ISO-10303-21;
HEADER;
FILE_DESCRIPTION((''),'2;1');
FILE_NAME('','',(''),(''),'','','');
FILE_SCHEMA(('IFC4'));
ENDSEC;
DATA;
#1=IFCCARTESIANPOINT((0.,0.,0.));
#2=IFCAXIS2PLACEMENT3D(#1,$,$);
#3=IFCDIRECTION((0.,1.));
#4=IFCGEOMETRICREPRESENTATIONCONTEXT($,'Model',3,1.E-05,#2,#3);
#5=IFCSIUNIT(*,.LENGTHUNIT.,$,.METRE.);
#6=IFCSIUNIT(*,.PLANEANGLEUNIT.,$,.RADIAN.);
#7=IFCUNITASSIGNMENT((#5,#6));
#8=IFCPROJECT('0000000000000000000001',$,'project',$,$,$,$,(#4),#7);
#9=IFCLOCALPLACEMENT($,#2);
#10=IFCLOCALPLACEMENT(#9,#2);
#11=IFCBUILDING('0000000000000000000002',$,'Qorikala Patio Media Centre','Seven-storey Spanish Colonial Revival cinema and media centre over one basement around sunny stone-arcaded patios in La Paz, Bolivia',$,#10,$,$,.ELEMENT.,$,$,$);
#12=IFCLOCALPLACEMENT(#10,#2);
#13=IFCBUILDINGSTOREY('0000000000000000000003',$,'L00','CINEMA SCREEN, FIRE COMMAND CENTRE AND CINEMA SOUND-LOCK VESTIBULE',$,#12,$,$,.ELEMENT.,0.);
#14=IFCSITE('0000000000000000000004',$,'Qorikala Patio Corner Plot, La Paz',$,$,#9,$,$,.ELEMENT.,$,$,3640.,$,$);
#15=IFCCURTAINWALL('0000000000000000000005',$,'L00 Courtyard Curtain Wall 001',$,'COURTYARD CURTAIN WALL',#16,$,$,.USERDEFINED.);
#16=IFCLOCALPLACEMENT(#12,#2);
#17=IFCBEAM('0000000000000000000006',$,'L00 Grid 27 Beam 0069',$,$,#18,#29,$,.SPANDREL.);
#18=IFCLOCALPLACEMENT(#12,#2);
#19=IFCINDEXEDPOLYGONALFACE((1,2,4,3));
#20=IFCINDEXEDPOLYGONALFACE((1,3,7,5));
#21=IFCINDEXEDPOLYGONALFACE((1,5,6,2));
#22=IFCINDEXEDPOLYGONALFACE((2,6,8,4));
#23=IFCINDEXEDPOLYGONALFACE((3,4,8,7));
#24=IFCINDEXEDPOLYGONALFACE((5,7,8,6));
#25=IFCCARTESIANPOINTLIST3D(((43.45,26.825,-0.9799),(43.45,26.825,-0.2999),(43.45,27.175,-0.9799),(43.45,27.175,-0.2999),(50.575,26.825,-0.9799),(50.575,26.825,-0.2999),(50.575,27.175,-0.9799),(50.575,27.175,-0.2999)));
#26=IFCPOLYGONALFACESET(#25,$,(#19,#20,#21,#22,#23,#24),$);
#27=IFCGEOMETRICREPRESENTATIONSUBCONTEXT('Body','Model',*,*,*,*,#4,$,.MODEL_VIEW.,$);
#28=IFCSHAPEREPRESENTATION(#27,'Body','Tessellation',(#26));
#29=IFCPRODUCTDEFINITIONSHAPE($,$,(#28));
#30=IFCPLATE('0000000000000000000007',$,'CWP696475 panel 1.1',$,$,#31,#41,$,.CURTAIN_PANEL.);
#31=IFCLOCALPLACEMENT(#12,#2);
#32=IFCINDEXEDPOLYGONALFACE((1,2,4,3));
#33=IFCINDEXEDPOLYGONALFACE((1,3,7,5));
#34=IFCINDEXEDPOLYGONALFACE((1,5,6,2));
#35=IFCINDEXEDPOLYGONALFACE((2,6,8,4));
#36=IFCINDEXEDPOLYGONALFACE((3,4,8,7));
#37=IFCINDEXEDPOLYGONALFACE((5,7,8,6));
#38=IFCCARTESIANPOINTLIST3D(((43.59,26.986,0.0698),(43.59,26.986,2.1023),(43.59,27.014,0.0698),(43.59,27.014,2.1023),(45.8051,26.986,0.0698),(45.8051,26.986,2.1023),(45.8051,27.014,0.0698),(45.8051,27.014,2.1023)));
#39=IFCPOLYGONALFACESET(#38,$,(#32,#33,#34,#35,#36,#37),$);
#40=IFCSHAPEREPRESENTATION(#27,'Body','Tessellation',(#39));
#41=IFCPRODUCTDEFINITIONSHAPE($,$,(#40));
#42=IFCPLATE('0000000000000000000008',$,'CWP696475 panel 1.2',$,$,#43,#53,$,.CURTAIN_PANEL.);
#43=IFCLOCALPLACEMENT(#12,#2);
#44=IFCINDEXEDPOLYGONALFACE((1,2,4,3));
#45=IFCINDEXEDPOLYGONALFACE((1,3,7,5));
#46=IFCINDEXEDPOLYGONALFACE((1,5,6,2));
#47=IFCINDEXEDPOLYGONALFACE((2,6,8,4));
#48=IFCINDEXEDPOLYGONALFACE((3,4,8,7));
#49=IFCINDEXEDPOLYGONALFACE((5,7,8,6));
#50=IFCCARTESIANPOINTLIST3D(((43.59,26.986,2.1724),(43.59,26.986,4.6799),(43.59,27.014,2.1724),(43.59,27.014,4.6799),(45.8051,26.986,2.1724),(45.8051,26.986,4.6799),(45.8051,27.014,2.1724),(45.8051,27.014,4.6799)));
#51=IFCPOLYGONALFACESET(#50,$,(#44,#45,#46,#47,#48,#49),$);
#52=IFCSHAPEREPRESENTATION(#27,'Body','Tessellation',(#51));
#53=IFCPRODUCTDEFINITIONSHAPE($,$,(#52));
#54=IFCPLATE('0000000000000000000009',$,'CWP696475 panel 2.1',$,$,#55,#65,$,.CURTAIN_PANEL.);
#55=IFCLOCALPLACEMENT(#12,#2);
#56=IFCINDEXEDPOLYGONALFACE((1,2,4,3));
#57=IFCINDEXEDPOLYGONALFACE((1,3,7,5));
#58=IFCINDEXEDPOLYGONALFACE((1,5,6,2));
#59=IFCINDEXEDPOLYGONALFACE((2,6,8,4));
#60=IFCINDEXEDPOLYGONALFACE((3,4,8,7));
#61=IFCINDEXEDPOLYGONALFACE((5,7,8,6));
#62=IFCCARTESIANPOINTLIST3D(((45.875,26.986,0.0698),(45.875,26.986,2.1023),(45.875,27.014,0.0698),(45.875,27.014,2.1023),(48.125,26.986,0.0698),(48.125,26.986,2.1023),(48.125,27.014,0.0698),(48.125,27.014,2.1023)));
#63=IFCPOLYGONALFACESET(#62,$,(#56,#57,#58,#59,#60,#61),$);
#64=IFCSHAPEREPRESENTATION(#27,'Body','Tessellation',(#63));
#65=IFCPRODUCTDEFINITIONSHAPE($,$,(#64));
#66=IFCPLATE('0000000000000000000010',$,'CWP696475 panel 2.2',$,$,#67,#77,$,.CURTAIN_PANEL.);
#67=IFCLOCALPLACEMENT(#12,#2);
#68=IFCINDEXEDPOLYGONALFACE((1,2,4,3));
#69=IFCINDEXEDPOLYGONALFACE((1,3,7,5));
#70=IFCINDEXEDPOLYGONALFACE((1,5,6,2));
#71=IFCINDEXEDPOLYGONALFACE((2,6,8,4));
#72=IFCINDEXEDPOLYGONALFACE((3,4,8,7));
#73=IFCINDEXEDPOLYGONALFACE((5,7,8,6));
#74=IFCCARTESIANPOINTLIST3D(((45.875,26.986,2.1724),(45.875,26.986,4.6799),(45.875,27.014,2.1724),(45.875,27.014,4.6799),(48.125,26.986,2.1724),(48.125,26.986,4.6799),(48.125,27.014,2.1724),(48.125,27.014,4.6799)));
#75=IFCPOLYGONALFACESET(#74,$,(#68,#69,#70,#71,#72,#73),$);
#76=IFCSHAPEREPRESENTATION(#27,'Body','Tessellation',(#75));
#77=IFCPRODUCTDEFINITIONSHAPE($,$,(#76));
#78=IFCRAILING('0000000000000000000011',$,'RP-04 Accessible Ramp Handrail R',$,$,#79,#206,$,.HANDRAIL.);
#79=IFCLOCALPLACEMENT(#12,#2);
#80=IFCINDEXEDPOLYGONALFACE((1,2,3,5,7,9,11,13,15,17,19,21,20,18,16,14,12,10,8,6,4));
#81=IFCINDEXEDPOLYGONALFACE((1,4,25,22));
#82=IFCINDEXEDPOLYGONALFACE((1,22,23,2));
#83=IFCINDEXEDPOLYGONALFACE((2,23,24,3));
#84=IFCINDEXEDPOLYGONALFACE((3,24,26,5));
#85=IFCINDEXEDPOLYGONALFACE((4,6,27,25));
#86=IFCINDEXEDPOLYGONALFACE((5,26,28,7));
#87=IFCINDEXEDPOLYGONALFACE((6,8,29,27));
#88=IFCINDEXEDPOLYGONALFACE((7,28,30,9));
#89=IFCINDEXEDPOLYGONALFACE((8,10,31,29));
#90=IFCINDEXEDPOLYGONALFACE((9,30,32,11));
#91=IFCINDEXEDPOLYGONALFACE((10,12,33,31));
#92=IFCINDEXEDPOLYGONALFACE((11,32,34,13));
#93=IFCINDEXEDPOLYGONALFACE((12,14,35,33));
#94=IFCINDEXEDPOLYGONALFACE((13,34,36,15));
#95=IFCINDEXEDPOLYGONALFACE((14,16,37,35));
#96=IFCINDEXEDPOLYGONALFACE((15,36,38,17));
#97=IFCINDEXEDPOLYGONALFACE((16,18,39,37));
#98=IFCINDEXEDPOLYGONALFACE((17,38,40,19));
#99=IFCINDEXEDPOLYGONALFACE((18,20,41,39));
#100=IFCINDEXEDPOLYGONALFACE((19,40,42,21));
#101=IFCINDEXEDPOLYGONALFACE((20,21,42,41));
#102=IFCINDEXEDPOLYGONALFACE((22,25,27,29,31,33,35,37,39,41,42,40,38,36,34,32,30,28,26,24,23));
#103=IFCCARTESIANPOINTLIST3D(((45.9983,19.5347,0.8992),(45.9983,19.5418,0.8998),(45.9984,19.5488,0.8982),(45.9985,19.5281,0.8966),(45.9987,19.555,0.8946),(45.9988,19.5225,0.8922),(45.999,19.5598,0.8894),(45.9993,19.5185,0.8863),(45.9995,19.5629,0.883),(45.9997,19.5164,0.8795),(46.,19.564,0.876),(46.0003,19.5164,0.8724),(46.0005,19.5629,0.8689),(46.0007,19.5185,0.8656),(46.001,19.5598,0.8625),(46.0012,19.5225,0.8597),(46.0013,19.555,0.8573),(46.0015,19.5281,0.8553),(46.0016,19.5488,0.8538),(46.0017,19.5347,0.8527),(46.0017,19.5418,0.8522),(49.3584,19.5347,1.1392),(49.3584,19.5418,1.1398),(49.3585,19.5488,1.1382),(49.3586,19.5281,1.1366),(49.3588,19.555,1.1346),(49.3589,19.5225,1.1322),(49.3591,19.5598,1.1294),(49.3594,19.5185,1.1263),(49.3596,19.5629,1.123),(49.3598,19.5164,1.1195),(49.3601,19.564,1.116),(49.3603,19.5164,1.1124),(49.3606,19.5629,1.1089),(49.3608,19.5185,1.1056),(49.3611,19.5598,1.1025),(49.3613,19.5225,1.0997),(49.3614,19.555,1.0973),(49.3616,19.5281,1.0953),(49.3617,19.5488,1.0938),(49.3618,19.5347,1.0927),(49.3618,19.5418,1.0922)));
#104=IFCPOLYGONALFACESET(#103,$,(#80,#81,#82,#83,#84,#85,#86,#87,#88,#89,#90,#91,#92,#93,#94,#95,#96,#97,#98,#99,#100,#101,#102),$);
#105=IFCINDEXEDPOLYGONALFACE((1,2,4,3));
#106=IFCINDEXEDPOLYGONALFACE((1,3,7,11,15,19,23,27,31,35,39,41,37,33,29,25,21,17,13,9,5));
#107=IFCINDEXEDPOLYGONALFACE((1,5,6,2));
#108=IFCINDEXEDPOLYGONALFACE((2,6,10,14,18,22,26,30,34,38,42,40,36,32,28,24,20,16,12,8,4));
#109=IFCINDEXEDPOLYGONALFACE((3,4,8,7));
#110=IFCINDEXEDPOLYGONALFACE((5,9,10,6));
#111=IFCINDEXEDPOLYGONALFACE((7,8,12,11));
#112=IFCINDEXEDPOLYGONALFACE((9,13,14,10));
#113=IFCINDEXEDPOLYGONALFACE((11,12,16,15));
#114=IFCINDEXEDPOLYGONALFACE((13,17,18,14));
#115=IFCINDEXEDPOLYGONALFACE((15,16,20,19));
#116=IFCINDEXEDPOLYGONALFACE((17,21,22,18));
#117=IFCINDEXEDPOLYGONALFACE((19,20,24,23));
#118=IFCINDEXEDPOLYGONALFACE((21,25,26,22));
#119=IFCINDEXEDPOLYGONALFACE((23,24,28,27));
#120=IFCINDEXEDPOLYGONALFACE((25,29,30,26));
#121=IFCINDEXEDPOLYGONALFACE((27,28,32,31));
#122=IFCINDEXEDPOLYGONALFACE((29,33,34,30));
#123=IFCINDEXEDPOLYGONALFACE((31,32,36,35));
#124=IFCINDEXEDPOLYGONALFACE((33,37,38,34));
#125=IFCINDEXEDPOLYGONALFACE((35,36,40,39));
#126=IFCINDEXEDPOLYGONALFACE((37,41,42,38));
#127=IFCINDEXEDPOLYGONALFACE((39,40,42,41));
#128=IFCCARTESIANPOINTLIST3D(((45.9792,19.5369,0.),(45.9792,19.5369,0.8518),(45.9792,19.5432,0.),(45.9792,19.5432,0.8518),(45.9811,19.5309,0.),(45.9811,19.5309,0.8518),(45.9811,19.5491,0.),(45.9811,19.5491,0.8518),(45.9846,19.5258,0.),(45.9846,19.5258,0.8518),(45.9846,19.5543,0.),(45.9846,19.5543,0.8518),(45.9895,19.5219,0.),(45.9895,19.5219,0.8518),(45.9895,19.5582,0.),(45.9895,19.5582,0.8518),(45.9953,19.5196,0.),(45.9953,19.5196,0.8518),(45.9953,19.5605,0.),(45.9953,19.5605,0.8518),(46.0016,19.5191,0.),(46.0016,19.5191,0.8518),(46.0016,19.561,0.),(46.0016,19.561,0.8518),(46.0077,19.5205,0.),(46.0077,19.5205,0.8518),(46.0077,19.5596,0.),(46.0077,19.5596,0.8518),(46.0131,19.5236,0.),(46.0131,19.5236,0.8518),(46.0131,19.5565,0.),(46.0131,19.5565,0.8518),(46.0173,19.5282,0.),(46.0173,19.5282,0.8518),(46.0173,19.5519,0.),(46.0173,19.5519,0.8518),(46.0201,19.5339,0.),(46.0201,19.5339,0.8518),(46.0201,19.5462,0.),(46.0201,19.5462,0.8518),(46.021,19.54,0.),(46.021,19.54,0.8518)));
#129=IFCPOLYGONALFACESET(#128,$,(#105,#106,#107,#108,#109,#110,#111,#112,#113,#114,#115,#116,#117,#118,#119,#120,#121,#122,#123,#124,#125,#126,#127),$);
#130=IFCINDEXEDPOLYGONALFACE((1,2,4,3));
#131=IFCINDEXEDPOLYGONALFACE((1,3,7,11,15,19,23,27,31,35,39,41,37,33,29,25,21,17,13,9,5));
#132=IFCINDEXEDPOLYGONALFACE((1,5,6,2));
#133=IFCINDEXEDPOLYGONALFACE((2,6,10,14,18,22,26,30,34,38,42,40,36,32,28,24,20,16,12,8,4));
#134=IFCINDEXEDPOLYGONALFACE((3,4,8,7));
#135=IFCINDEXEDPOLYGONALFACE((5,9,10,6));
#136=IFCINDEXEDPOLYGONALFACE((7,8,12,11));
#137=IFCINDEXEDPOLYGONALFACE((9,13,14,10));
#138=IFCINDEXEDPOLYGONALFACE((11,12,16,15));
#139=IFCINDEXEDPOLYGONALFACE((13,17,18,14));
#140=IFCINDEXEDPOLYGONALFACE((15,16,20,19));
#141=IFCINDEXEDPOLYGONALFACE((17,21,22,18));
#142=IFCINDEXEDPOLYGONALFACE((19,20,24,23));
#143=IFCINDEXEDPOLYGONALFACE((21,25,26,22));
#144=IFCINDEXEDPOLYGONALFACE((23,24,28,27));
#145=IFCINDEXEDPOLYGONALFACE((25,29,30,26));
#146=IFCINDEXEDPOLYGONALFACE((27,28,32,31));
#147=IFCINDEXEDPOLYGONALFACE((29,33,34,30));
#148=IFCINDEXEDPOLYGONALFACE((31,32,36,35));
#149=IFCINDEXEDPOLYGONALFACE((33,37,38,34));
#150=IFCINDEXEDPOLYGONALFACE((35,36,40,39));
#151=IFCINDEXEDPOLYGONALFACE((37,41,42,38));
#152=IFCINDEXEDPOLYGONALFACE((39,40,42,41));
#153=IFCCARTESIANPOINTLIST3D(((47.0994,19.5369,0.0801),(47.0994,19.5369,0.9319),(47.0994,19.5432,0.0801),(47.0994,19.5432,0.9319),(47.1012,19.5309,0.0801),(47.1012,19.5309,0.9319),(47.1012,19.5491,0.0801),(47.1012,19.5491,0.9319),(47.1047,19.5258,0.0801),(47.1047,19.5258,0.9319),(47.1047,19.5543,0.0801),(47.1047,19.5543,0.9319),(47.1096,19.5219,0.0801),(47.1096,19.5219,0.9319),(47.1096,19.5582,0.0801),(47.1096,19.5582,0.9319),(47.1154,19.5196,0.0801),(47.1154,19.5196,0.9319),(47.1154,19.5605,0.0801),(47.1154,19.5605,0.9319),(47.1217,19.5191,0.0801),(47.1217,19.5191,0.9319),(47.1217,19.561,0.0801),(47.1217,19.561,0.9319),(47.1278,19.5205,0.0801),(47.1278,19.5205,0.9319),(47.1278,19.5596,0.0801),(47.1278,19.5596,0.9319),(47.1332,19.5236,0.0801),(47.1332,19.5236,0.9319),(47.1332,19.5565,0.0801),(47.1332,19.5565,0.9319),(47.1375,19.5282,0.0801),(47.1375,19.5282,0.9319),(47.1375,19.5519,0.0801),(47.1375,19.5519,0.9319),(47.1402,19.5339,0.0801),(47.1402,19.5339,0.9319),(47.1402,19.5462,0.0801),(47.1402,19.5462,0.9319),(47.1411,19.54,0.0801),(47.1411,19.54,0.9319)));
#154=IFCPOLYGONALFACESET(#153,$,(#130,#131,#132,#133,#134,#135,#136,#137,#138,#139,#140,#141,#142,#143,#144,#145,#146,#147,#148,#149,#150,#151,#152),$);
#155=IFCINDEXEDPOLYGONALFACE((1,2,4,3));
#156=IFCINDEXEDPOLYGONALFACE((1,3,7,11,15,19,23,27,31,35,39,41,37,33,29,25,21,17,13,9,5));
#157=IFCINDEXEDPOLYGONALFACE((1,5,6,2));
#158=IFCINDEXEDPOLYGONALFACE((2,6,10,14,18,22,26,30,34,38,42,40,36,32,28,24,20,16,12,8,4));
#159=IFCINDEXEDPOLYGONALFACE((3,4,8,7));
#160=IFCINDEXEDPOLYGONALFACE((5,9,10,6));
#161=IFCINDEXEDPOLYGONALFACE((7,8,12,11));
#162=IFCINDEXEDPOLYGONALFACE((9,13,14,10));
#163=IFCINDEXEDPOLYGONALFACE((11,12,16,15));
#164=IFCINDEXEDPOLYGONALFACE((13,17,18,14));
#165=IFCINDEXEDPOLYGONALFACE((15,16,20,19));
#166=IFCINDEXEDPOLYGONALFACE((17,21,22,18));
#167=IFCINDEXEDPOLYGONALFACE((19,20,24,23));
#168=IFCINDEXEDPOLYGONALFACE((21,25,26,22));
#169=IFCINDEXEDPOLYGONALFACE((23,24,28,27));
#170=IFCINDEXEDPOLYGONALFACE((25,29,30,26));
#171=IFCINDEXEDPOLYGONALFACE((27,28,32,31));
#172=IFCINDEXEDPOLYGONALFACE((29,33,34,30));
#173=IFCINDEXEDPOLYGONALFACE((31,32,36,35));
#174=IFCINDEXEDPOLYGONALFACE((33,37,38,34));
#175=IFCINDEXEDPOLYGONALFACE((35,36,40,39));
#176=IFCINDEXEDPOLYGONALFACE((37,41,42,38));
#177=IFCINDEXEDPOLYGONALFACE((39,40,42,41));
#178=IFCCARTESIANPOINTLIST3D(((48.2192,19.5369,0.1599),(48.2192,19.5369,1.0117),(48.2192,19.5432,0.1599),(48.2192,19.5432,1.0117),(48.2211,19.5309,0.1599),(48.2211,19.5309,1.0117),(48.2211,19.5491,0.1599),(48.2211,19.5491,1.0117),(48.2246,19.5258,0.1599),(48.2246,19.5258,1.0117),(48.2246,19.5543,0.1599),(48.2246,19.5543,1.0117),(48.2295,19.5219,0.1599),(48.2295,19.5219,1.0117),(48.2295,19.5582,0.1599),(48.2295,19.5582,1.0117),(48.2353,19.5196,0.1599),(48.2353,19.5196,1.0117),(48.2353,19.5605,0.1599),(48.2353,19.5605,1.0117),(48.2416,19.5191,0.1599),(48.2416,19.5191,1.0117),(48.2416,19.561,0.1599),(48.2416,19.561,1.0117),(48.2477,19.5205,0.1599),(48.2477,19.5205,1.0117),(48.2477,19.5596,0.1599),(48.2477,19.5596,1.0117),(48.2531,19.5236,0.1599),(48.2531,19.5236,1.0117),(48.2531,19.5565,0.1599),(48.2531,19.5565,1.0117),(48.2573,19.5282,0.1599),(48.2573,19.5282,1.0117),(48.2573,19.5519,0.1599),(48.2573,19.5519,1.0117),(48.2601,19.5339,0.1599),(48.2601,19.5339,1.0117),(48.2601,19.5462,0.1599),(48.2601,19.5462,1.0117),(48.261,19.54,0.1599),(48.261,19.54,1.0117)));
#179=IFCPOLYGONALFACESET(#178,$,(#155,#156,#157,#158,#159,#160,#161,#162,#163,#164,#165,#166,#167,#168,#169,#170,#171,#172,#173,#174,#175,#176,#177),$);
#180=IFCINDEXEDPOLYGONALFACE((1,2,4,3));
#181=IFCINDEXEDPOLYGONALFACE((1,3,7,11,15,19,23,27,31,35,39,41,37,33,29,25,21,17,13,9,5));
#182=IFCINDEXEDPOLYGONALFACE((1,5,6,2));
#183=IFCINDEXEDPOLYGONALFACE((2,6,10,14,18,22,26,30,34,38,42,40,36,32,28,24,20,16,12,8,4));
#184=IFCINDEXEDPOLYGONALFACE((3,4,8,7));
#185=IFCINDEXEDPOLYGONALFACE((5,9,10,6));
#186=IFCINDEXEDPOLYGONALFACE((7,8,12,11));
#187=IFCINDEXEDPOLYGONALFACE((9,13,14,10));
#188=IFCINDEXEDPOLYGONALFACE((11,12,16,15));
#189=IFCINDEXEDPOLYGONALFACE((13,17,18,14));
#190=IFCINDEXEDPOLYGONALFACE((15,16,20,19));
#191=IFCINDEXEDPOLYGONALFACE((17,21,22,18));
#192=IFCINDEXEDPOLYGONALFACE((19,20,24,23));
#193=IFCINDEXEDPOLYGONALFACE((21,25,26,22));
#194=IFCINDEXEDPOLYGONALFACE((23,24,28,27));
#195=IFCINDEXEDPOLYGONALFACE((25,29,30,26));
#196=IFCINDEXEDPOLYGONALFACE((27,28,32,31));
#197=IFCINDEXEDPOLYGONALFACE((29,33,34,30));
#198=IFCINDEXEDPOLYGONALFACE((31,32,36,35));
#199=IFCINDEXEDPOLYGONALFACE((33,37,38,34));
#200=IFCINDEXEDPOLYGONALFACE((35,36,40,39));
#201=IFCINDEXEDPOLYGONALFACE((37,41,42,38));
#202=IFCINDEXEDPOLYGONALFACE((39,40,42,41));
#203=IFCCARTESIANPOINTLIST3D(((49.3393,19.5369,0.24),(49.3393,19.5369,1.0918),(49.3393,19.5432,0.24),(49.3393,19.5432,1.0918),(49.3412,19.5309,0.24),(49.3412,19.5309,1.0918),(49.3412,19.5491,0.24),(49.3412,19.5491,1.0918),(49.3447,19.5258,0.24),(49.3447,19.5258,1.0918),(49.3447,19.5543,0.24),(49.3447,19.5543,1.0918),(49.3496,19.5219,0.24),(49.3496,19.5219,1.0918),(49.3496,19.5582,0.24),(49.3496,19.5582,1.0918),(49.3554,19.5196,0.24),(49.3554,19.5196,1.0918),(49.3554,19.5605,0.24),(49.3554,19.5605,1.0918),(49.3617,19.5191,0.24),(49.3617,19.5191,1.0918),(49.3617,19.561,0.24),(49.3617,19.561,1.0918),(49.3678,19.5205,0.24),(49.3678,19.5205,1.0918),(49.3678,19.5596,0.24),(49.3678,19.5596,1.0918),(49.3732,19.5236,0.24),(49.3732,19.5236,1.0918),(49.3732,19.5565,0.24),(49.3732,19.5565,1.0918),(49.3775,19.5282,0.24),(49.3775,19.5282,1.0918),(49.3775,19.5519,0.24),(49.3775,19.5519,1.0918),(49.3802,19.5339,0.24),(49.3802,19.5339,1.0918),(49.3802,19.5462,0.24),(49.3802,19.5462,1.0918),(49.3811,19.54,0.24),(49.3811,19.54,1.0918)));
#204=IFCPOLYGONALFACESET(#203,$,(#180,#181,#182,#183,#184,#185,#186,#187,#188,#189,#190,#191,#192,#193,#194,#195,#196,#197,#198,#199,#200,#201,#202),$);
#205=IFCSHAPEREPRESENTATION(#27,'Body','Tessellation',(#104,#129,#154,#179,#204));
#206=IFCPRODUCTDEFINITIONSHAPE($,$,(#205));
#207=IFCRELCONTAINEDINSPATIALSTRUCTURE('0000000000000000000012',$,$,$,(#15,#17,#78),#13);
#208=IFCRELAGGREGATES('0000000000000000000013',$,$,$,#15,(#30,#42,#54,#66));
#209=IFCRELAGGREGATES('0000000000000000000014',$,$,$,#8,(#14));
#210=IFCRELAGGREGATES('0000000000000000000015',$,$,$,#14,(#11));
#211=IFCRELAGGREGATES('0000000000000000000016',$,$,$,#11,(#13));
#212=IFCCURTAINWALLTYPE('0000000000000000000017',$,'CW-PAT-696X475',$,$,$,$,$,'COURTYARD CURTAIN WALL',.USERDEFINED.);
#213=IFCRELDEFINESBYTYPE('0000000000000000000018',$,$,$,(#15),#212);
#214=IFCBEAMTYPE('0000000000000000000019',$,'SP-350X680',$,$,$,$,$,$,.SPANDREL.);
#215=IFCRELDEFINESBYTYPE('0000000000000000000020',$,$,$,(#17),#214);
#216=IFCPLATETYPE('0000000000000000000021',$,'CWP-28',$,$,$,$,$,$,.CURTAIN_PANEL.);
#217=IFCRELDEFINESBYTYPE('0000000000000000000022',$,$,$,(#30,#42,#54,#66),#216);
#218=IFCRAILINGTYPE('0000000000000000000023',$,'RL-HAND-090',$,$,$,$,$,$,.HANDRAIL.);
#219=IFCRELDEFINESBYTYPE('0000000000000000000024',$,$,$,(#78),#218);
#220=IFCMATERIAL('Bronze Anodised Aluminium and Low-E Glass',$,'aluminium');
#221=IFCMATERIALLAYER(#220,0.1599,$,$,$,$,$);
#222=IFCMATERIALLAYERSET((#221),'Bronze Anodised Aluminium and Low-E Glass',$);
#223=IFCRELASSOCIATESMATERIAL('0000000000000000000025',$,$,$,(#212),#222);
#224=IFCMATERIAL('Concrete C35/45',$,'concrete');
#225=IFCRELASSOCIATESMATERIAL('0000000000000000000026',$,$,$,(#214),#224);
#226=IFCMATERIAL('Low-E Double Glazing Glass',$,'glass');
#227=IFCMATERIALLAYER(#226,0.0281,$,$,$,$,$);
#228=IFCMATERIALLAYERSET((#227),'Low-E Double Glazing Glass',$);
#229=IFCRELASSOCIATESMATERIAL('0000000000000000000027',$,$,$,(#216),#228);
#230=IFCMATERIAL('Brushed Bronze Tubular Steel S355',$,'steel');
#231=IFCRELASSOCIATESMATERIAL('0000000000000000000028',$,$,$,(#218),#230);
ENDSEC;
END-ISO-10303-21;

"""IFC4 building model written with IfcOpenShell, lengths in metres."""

from ifc_helpers import new_model, si_unit, direction, frame, origin, origin_2d, place, context, subcontext, project, spatial, rectangle, circle, extrude, material, layer, layer_set, material_profile, profile_set, type_object, element, aggregate, save


model = new_model("IFC4")

# Units and contexts
model_context = context("Model", 3, precision=1e-05, world=origin(), true_north=direction((0.0, 1.0)))
body_context = subcontext(model_context, "Body", "Model", "MODEL_VIEW")
ifc_project = project(units=[si_unit("LENGTHUNIT", "METRE"), si_unit("PLANEANGLEUNIT", "RADIAN")], contexts=[model_context])

# Site, building, storey
site_placement = place(None, origin())
site = spatial("IfcSite", under=ifc_project, at=site_placement, Name="Qorikala Patio Corner Plot, La Paz", CompositionType="ELEMENT", RefElevation=3640.0)
building_placement = place(site_placement, origin())
building = spatial("IfcBuilding", under=site, at=building_placement, Name="Qorikala Patio Media Centre", Description="Seven-storey Spanish Colonial Revival cinema and media centre over one basement around sunny stone-arcaded patios in La Paz, Bolivia", CompositionType="ELEMENT")
storey_placement = place(building_placement, origin())
storey = spatial("IfcBuildingStorey", under=building, at=storey_placement, Name="L00", Description="CINEMA SCREEN, FIRE COMMAND CENTRE AND CINEMA SOUND-LOCK VESTIBULE", CompositionType="ELEMENT", Elevation=0.0)

# Shared definitions
ifc_material_1 = material(Name="Concrete C35/45", Category="concrete")

# Curtain wall
ifc_material_2 = material(Name="Bronze Anodised Aluminium and Low-E Glass", Category="aluminium")
ifc_layer_1 = layer(ifc_material_2, 0.1599)
ifc_layer_set_1 = layer_set([ifc_layer_1], Name="Bronze Anodised Aluminium and Low-E Glass")
curtain_wall_type = type_object("IfcCurtainWallType", Name="CW-PAT-696X475", ElementType="COURTYARD CURTAIN WALL", PredefinedType="USERDEFINED", material=ifc_layer_set_1)
curtain_wall_placement = place(storey_placement, origin())
curtain_wall = element("IfcCurtainWall", 1, at=curtain_wall_placement, inside=storey, type_object=curtain_wall_type, Name="L00 Courtyard Curtain Wall 001", ObjectType="COURTYARD CURTAIN WALL", PredefinedType="USERDEFINED")

# Beam
ifc_material_profile_1 = material_profile(ifc_material_1, rectangle(XDim=0.3501, YDim=0.6799, at=origin_2d()), Name="RC 350x680")
ifc_profile_set_1 = profile_set([ifc_material_profile_1], Name="Concrete C35/45")
beam_type_1 = type_object("IfcBeamType", Name="SP-350X680", PredefinedType="SPANDREL", material=ifc_profile_set_1)
beam_1_placement = place(storey_placement, frame((43.45, 27.0, -0.6399), z_axis=(1.0, 0.0, 0.0), x_axis=(0.0, 1.0, 0.0)))
element("IfcBeam", 2, at=beam_1_placement, inside=storey, type_object=beam_type_1, Name="L00 Grid 27 Beam 0069", PredefinedType="SPANDREL", context=body_context, shape_type="SweptSolid", body=[
    extrude(rectangle(XDim=0.3501, YDim=0.6799, at=origin_2d()), origin(), (0.0, 0.0, 1.0), 7.125),
])

# Plates
ifc_material_3 = material(Name="Low-E Double Glazing Glass", Category="glass")
ifc_layer_2 = layer(ifc_material_3, 0.0281)
ifc_layer_set_2 = layer_set([ifc_layer_2], Name="Low-E Double Glazing Glass")
plate_type = type_object("IfcPlateType", Name="CWP-28", PredefinedType="CURTAIN_PANEL", material=ifc_layer_set_2)
plate_1_placement = place(storey_placement, frame((44.6975, 27.0, 0.0698), z_axis=(0.0, 0.0, 1.0), x_axis=(1.0, 0.0, 0.0)))
plate_1 = element("IfcPlate", 3, at=plate_1_placement, type_object=plate_type, Name="CWP696475 panel 1.1", PredefinedType="CURTAIN_PANEL", context=body_context, shape_type="SweptSolid", body=[
    extrude(rectangle(XDim=2.2151, YDim=0.0281, at=origin_2d()), origin(), (0.0, 0.0, 1.0), 2.0325),
])
plate_2_placement = place(storey_placement, frame((44.6975, 27.0, 2.1724), z_axis=(0.0, 0.0, 1.0), x_axis=(1.0, 0.0, 0.0)))
plate_2 = element("IfcPlate", 4, at=plate_2_placement, type_object=plate_type, Name="CWP696475 panel 1.2", PredefinedType="CURTAIN_PANEL", context=body_context, shape_type="SweptSolid", body=[
    extrude(rectangle(XDim=2.2151, YDim=0.0281, at=origin_2d()), origin(), (0.0, 0.0, 1.0), 2.5076),
])
plate_3_placement = place(storey_placement, frame((47.0, 27.0, 0.0698), z_axis=(0.0, 0.0, 1.0), x_axis=(1.0, 0.0, 0.0)))
plate_3 = element("IfcPlate", 5, at=plate_3_placement, type_object=plate_type, Name="CWP696475 panel 2.1", PredefinedType="CURTAIN_PANEL", context=body_context, shape_type="SweptSolid", body=[
    extrude(rectangle(XDim=2.25, YDim=0.0281, at=origin_2d()), origin(), (0.0, 0.0, 1.0), 2.0325),
])
plate_4_placement = place(storey_placement, frame((47.0, 27.0, 2.1724), z_axis=(0.0, 0.0, 1.0), x_axis=(1.0, 0.0, 0.0)))
plate_4 = element("IfcPlate", 6, at=plate_4_placement, type_object=plate_type, Name="CWP696475 panel 2.2", PredefinedType="CURTAIN_PANEL", context=body_context, shape_type="SweptSolid", body=[
    extrude(rectangle(XDim=2.25, YDim=0.0281, at=origin_2d()), origin(), (0.0, 0.0, 1.0), 2.5076),
])
aggregate(curtain_wall, [plate_1, plate_2, plate_3, plate_4])

# Railing
ifc_material_4 = material(Name="Brushed Bronze Tubular Steel S355", Category="steel")
railing_type = type_object("IfcRailingType", Name="RL-HAND-090", PredefinedType="HANDRAIL", material=ifc_material_4)
railing_placement = place(storey_placement, frame((46.0, 19.54, 0.0)))
element("IfcRailing", 7, at=railing_placement, inside=storey, type_object=railing_type, Name="RP-04 Accessible Ramp Handrail R", PredefinedType="HANDRAIL", context=body_context, shape_type="SweptSolid", body=[
    extrude(circle(Radius=0.0239, at=origin_2d()), frame((0.0, 0.0, 0.876), z_axis=(0.997459, 0.0, 0.071242), x_axis=(0.0, 1.0, 0.0)), (0.0, 0.0, 1.0), 3.3687),
    extrude(circle(Radius=0.021, at=origin_2d()), origin(), (0.0, 0.0, 1.0), 0.8518),
    extrude(circle(Radius=0.021, at=origin_2d()), frame((1.1201, 0.0, 0.0801)), (0.0, 0.0, 1.0), 0.8518),
    extrude(circle(Radius=0.021, at=origin_2d()), frame((2.24, 0.0, 0.1599)), (0.0, 0.0, 1.0), 0.8518),
    extrude(circle(Radius=0.021, at=origin_2d()), frame((3.3601, 0.0, 0.24)), (0.0, 0.0, 1.0), 0.8518),
])

save(model, "model.ifc")
